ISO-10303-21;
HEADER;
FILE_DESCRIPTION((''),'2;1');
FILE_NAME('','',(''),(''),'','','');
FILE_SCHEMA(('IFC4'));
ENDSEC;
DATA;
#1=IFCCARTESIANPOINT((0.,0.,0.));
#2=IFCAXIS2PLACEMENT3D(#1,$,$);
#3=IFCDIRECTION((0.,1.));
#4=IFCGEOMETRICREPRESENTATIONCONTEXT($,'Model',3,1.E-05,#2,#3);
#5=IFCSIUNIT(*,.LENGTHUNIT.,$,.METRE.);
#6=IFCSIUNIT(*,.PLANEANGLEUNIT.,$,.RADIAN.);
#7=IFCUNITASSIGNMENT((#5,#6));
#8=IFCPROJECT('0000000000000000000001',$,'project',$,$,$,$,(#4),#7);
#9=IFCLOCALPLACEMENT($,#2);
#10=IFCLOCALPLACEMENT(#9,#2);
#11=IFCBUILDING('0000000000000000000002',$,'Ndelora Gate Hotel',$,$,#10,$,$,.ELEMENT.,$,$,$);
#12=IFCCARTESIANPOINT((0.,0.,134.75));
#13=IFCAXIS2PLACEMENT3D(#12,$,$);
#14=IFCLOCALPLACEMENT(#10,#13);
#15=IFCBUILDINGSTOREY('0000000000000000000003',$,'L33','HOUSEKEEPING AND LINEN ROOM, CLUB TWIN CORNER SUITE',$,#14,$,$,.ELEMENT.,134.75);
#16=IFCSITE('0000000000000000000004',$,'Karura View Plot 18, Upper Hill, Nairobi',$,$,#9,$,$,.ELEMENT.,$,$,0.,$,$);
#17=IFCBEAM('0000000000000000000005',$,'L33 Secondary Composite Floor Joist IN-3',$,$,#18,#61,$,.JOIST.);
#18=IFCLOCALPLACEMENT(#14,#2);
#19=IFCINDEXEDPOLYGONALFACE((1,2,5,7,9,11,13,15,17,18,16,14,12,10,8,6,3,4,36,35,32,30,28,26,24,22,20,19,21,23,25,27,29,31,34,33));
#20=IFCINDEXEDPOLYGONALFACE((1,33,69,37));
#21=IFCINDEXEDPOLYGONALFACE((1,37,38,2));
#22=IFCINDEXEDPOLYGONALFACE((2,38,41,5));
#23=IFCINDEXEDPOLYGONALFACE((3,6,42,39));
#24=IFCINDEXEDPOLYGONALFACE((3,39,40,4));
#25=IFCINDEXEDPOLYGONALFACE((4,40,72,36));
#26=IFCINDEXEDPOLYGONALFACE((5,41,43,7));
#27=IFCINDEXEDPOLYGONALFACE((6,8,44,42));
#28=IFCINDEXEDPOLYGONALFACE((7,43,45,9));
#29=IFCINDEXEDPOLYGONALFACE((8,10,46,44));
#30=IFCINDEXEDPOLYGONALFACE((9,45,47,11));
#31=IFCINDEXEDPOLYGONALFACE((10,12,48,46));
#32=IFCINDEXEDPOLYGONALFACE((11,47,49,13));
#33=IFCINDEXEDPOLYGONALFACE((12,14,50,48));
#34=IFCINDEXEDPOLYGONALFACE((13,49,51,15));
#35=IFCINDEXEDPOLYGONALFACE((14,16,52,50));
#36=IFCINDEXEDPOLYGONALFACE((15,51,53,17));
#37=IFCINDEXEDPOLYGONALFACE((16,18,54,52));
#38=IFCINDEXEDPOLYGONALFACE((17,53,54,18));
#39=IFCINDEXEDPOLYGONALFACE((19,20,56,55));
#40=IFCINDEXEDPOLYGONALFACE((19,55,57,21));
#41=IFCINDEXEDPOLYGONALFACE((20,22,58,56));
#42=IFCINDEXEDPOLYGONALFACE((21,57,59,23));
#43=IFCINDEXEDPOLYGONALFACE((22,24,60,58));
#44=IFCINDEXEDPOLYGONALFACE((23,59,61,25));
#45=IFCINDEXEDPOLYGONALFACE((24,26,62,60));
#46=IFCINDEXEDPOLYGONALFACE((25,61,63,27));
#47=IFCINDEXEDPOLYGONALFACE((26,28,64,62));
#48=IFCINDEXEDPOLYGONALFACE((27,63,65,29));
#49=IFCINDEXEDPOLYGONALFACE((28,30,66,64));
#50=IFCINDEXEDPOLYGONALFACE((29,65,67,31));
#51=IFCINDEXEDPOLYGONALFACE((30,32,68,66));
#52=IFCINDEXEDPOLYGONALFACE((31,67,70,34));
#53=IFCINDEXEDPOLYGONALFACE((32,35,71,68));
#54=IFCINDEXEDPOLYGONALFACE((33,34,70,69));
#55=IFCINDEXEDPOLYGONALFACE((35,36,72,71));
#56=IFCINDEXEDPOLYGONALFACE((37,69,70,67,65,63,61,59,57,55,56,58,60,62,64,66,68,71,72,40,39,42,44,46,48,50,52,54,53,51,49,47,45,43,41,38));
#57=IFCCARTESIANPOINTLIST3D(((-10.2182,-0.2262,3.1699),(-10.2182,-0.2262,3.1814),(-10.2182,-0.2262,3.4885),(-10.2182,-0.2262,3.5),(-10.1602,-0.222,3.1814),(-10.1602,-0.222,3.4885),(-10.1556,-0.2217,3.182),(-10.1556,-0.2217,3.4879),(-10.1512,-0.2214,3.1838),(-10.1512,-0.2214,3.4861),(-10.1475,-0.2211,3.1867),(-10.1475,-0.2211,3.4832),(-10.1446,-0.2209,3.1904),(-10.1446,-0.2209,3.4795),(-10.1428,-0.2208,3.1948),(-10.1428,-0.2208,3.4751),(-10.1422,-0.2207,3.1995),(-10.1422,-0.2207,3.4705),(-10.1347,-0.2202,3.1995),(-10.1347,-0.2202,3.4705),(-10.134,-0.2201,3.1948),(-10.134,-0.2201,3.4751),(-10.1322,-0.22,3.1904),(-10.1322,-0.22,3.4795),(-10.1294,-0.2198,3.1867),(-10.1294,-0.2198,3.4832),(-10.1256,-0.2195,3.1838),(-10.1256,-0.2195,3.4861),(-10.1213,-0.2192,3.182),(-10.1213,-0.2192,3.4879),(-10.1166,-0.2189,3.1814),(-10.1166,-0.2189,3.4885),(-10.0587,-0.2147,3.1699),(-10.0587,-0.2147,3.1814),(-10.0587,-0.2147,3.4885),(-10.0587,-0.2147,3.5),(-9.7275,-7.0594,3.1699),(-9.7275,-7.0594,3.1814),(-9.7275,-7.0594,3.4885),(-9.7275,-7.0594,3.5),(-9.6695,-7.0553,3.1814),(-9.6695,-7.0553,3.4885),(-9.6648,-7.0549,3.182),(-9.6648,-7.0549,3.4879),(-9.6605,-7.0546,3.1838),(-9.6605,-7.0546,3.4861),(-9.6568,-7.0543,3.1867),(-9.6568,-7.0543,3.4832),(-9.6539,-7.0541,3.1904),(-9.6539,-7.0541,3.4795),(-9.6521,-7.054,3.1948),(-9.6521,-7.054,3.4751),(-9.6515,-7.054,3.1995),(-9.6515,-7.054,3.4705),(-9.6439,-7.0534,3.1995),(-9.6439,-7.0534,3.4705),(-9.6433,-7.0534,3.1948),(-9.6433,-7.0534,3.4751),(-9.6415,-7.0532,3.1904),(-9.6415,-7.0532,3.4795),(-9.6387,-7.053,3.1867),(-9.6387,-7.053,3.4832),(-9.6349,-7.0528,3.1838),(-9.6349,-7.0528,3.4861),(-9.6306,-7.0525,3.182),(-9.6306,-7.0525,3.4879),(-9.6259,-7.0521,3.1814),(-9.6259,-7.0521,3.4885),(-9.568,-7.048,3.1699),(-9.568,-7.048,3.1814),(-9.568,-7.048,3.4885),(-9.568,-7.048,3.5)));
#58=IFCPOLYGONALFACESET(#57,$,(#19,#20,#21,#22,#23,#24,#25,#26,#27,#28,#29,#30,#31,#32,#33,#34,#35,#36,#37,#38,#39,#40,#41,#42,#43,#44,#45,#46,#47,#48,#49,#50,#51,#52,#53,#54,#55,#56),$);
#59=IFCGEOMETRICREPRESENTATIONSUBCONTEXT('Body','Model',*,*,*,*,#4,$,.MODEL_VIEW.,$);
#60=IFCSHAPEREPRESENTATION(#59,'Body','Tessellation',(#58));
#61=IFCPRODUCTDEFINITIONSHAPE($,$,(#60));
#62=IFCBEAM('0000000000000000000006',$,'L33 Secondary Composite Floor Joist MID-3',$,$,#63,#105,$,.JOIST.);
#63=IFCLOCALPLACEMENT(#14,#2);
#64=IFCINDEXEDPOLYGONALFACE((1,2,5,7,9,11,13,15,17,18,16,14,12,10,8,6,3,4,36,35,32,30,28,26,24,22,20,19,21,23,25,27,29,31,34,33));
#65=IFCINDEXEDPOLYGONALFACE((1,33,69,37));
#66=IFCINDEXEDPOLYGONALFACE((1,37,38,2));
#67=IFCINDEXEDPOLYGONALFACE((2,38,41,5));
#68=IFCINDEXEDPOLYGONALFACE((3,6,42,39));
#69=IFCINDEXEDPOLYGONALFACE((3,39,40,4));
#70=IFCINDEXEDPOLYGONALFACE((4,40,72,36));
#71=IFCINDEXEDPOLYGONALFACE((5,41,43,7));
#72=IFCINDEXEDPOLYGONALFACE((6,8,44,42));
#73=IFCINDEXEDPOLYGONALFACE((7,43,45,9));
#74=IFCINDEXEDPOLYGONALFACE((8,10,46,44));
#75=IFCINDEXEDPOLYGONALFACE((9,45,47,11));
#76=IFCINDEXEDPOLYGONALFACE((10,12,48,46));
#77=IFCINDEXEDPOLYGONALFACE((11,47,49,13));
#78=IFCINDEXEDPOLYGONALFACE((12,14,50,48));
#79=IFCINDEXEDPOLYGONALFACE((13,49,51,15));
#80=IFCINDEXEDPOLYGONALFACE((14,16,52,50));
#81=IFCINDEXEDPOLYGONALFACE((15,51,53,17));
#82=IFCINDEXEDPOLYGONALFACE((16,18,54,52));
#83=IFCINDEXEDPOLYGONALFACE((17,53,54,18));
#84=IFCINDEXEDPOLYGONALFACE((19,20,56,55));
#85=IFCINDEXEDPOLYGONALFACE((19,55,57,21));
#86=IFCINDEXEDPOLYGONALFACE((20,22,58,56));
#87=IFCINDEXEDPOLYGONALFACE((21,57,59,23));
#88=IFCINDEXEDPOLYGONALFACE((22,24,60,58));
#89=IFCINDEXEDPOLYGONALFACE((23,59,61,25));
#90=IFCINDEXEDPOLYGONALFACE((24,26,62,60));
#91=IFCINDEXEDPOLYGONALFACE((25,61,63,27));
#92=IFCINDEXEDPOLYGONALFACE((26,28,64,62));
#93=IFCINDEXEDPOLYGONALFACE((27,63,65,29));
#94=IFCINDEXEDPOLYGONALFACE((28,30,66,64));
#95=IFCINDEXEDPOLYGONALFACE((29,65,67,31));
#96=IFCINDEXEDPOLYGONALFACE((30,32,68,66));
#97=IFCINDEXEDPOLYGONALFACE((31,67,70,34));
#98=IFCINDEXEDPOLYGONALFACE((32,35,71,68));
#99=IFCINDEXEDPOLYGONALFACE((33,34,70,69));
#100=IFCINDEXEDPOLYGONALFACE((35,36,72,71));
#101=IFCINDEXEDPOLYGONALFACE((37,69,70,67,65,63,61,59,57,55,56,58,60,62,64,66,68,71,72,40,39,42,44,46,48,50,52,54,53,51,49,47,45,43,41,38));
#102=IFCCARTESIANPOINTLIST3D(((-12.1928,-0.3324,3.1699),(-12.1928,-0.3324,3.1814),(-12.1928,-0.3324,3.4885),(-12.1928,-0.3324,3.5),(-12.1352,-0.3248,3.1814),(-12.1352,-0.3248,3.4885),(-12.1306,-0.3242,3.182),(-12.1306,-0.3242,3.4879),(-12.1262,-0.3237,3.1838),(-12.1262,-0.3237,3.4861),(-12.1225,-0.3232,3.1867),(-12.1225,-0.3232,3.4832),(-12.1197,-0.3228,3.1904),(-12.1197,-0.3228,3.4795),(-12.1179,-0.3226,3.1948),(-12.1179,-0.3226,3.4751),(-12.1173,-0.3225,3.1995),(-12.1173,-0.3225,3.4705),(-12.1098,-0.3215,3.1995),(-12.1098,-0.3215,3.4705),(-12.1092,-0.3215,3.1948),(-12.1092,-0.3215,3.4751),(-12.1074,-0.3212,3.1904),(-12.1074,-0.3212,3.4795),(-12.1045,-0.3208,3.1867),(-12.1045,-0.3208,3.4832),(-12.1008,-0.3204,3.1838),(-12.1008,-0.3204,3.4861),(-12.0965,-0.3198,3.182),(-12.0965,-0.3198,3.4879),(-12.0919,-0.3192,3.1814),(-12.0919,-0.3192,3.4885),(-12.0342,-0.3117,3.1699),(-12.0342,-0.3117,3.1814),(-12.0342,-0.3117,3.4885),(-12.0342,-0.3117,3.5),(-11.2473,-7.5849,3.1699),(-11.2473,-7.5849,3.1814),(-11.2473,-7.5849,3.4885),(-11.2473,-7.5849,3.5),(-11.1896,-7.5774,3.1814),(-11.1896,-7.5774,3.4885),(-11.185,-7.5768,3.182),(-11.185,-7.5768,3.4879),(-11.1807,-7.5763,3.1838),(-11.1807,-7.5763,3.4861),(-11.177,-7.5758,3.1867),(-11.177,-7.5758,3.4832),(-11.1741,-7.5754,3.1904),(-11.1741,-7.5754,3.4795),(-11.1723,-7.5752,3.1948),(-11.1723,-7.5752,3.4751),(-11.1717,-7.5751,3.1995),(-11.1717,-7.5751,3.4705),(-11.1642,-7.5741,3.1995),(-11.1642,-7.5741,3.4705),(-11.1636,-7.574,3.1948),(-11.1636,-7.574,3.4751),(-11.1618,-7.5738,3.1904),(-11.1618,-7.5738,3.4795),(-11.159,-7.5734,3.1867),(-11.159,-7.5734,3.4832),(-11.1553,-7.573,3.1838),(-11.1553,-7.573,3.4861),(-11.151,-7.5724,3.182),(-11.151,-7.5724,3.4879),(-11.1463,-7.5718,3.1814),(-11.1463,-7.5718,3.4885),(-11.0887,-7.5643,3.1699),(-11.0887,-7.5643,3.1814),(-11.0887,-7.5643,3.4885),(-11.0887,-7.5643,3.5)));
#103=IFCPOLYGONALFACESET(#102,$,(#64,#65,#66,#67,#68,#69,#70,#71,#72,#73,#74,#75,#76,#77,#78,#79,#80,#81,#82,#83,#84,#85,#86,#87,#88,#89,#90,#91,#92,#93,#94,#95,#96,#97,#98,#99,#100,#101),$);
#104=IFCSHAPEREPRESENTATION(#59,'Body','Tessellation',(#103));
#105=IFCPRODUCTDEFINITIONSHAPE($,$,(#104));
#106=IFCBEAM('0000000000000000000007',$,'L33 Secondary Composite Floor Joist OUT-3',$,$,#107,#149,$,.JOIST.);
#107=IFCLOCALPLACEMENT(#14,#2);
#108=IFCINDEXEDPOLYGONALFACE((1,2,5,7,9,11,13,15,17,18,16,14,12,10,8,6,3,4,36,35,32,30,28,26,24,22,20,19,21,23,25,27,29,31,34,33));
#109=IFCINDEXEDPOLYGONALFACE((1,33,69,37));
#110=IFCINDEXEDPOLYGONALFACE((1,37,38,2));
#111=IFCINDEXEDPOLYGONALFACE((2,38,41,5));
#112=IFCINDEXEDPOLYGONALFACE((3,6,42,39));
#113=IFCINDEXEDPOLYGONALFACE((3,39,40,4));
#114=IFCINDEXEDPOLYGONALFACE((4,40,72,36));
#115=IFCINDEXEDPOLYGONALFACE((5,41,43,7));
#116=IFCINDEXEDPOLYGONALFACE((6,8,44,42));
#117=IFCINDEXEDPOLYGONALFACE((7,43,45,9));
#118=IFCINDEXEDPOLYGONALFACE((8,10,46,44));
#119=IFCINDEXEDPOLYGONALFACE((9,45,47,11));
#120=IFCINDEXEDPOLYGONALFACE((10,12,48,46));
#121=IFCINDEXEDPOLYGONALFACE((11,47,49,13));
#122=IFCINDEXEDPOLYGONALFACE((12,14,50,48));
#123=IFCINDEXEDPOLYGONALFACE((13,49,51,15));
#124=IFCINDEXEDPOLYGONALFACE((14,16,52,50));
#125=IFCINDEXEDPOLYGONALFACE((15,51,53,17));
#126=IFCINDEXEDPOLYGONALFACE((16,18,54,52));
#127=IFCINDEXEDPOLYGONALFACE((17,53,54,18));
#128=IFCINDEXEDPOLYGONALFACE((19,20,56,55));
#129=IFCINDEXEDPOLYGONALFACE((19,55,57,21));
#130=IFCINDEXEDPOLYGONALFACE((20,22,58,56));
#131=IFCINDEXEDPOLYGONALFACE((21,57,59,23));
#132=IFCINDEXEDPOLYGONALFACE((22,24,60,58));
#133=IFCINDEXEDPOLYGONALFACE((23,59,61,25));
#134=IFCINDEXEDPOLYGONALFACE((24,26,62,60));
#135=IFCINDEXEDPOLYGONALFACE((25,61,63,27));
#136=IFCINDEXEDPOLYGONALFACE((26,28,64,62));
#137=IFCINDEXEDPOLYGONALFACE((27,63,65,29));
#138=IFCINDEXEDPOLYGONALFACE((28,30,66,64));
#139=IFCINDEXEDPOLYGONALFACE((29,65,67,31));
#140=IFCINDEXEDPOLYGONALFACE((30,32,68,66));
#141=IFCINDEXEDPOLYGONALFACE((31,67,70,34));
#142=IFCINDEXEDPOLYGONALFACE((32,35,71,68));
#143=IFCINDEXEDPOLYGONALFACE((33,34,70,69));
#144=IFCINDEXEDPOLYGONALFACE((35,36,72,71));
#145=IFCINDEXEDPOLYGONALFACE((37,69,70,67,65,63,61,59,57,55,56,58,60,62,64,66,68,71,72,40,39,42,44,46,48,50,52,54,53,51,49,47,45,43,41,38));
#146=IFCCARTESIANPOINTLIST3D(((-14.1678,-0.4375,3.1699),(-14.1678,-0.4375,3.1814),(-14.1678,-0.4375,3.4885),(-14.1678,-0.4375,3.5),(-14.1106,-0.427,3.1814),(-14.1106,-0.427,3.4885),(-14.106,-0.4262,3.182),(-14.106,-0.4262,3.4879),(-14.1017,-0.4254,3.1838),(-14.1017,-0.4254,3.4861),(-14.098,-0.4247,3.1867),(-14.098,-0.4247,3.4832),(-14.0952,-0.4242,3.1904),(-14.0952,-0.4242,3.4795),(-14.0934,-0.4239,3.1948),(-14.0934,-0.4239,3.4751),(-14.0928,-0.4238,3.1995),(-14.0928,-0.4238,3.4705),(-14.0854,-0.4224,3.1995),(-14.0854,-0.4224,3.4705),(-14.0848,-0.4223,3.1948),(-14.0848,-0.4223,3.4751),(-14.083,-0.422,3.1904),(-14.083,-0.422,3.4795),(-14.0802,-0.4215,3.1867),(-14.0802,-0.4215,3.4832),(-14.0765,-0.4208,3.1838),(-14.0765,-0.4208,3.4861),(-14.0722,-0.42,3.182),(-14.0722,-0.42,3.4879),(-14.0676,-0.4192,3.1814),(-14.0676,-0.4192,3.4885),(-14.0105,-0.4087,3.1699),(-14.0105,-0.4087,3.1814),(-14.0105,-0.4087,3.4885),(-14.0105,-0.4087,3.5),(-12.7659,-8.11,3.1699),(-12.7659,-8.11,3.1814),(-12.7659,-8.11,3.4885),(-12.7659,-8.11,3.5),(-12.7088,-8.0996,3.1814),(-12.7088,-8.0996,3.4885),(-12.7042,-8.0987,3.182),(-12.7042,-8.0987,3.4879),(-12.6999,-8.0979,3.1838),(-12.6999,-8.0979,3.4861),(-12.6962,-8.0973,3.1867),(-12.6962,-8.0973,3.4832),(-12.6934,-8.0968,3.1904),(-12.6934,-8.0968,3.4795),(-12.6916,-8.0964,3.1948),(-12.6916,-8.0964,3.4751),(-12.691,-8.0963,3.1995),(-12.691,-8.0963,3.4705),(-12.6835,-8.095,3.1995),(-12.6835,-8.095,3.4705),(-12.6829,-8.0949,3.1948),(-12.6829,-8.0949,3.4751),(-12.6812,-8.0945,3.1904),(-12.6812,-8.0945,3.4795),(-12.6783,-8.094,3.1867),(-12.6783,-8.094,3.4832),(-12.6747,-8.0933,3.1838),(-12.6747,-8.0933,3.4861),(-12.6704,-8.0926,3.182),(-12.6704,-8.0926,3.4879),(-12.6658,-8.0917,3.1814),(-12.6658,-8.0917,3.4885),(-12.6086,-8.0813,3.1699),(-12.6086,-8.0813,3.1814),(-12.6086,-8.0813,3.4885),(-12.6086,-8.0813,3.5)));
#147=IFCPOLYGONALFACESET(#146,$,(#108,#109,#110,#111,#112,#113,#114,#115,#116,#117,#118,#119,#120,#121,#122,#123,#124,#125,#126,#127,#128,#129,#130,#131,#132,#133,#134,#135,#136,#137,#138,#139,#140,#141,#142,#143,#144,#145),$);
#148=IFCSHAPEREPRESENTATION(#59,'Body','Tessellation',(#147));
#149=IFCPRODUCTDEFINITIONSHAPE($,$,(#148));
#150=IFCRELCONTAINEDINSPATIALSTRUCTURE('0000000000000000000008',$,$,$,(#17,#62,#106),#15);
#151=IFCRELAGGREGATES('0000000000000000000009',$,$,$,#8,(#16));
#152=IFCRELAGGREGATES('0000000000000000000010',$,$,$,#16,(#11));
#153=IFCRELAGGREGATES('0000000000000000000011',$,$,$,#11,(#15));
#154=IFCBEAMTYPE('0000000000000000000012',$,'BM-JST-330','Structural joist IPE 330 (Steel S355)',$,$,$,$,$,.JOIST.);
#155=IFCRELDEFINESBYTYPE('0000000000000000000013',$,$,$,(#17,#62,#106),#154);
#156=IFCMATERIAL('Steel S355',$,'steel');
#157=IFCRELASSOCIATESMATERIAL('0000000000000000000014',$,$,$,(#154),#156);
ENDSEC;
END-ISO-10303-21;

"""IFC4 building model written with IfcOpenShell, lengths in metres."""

from ifc_helpers import new_model, si_unit, direction, frame, origin, origin_2d, place, context, subcontext, project, spatial, i_section, extrude, material, material_profile, profile_set, type_object, element, save


model = new_model("IFC4")

# Units and contexts
model_context = context("Model", 3, precision=1e-05, world=origin(), true_north=direction((0.0, 1.0)))
body_context = subcontext(model_context, "Body", "Model", "MODEL_VIEW")
ifc_project = project(units=[si_unit("LENGTHUNIT", "METRE"), si_unit("PLANEANGLEUNIT", "RADIAN")], contexts=[model_context])

# Site, building, storey
site_placement = place(None, origin())
site = spatial("IfcSite", under=ifc_project, at=site_placement, Name="Karura View Plot 18, Upper Hill, Nairobi", CompositionType="ELEMENT", RefElevation=0.0)
building_placement = place(site_placement, origin())
building = spatial("IfcBuilding", under=site, at=building_placement, Name="Ndelora Gate Hotel", CompositionType="ELEMENT")
storey_placement = place(building_placement, frame((0.0, 0.0, 134.75)))
storey = spatial("IfcBuildingStorey", under=building, at=storey_placement, Name="L33", Description="HOUSEKEEPING AND LINEN ROOM, CLUB TWIN CORNER SUITE", CompositionType="ELEMENT", Elevation=134.75)

# Beams
ifc_material_1 = material(Name="Steel S355", Category="steel")
ifc_material_profile = material_profile(ifc_material_1, i_section(OverallWidth=0.1599, OverallDepth=0.3301, WebThickness=0.0076, FlangeThickness=0.0115, FilletRadius=0.0181, at=origin_2d()), Name="IPE 330")
ifc_profile_set = profile_set([ifc_material_profile], Name="Steel S355")
beam_type = type_object("IfcBeamType", Name="BM-JST-330", Description="Structural joist IPE 330 (Steel S355)", PredefinedType="JOIST", material=ifc_profile_set)
beam_1_placement = place(storey_placement, frame((-10.1384, -0.2205, 3.335), z_axis=(0.071629, -0.997431, 0.0), x_axis=(0.997431, 0.071629, 0.0)))
element("IfcBeam", 1, at=beam_1_placement, inside=storey, type_object=beam_type, Name="L33 Secondary Composite Floor Joist IN-3", PredefinedType="JOIST", context=body_context, shape_type="SweptSolid", body=[
    extrude(i_section(OverallWidth=0.1599, OverallDepth=0.3301, WebThickness=0.0076, FlangeThickness=0.0115, FilletRadius=0.0181, at=origin_2d()), origin(), (0.0, 0.0, 1.0), 6.8508),
])
beam_2_placement = place(storey_placement, frame((-12.1135, -0.322, 3.335), z_axis=(0.129279, -0.991608, 0.0), x_axis=(0.991608, 0.129279, 0.0)))
element("IfcBeam", 2, at=beam_2_placement, inside=storey, type_object=beam_type, Name="L33 Secondary Composite Floor Joist MID-3", PredefinedType="JOIST", context=body_context, shape_type="SweptSolid", body=[
    extrude(i_section(OverallWidth=0.1599, OverallDepth=0.3301, WebThickness=0.0076, FlangeThickness=0.0115, FilletRadius=0.0181, at=origin_2d()), origin(), (0.0, 0.0, 1.0), 7.314),
])
beam_3_placement = place(storey_placement, frame((-14.0891, -0.4231, 3.335), z_axis=(0.179734, -0.983715, 0.0), x_axis=(0.983715, 0.179734, 0.0)))
element("IfcBeam", 3, at=beam_3_placement, inside=storey, type_object=beam_type, Name="L33 Secondary Composite Floor Joist OUT-3", PredefinedType="JOIST", context=body_context, shape_type="SweptSolid", body=[
    extrude(i_section(OverallWidth=0.1599, OverallDepth=0.3301, WebThickness=0.0076, FlangeThickness=0.0115, FilletRadius=0.0181, at=origin_2d()), origin(), (0.0, 0.0, 1.0), 7.7996),
])

save(model, "model.ifc")
